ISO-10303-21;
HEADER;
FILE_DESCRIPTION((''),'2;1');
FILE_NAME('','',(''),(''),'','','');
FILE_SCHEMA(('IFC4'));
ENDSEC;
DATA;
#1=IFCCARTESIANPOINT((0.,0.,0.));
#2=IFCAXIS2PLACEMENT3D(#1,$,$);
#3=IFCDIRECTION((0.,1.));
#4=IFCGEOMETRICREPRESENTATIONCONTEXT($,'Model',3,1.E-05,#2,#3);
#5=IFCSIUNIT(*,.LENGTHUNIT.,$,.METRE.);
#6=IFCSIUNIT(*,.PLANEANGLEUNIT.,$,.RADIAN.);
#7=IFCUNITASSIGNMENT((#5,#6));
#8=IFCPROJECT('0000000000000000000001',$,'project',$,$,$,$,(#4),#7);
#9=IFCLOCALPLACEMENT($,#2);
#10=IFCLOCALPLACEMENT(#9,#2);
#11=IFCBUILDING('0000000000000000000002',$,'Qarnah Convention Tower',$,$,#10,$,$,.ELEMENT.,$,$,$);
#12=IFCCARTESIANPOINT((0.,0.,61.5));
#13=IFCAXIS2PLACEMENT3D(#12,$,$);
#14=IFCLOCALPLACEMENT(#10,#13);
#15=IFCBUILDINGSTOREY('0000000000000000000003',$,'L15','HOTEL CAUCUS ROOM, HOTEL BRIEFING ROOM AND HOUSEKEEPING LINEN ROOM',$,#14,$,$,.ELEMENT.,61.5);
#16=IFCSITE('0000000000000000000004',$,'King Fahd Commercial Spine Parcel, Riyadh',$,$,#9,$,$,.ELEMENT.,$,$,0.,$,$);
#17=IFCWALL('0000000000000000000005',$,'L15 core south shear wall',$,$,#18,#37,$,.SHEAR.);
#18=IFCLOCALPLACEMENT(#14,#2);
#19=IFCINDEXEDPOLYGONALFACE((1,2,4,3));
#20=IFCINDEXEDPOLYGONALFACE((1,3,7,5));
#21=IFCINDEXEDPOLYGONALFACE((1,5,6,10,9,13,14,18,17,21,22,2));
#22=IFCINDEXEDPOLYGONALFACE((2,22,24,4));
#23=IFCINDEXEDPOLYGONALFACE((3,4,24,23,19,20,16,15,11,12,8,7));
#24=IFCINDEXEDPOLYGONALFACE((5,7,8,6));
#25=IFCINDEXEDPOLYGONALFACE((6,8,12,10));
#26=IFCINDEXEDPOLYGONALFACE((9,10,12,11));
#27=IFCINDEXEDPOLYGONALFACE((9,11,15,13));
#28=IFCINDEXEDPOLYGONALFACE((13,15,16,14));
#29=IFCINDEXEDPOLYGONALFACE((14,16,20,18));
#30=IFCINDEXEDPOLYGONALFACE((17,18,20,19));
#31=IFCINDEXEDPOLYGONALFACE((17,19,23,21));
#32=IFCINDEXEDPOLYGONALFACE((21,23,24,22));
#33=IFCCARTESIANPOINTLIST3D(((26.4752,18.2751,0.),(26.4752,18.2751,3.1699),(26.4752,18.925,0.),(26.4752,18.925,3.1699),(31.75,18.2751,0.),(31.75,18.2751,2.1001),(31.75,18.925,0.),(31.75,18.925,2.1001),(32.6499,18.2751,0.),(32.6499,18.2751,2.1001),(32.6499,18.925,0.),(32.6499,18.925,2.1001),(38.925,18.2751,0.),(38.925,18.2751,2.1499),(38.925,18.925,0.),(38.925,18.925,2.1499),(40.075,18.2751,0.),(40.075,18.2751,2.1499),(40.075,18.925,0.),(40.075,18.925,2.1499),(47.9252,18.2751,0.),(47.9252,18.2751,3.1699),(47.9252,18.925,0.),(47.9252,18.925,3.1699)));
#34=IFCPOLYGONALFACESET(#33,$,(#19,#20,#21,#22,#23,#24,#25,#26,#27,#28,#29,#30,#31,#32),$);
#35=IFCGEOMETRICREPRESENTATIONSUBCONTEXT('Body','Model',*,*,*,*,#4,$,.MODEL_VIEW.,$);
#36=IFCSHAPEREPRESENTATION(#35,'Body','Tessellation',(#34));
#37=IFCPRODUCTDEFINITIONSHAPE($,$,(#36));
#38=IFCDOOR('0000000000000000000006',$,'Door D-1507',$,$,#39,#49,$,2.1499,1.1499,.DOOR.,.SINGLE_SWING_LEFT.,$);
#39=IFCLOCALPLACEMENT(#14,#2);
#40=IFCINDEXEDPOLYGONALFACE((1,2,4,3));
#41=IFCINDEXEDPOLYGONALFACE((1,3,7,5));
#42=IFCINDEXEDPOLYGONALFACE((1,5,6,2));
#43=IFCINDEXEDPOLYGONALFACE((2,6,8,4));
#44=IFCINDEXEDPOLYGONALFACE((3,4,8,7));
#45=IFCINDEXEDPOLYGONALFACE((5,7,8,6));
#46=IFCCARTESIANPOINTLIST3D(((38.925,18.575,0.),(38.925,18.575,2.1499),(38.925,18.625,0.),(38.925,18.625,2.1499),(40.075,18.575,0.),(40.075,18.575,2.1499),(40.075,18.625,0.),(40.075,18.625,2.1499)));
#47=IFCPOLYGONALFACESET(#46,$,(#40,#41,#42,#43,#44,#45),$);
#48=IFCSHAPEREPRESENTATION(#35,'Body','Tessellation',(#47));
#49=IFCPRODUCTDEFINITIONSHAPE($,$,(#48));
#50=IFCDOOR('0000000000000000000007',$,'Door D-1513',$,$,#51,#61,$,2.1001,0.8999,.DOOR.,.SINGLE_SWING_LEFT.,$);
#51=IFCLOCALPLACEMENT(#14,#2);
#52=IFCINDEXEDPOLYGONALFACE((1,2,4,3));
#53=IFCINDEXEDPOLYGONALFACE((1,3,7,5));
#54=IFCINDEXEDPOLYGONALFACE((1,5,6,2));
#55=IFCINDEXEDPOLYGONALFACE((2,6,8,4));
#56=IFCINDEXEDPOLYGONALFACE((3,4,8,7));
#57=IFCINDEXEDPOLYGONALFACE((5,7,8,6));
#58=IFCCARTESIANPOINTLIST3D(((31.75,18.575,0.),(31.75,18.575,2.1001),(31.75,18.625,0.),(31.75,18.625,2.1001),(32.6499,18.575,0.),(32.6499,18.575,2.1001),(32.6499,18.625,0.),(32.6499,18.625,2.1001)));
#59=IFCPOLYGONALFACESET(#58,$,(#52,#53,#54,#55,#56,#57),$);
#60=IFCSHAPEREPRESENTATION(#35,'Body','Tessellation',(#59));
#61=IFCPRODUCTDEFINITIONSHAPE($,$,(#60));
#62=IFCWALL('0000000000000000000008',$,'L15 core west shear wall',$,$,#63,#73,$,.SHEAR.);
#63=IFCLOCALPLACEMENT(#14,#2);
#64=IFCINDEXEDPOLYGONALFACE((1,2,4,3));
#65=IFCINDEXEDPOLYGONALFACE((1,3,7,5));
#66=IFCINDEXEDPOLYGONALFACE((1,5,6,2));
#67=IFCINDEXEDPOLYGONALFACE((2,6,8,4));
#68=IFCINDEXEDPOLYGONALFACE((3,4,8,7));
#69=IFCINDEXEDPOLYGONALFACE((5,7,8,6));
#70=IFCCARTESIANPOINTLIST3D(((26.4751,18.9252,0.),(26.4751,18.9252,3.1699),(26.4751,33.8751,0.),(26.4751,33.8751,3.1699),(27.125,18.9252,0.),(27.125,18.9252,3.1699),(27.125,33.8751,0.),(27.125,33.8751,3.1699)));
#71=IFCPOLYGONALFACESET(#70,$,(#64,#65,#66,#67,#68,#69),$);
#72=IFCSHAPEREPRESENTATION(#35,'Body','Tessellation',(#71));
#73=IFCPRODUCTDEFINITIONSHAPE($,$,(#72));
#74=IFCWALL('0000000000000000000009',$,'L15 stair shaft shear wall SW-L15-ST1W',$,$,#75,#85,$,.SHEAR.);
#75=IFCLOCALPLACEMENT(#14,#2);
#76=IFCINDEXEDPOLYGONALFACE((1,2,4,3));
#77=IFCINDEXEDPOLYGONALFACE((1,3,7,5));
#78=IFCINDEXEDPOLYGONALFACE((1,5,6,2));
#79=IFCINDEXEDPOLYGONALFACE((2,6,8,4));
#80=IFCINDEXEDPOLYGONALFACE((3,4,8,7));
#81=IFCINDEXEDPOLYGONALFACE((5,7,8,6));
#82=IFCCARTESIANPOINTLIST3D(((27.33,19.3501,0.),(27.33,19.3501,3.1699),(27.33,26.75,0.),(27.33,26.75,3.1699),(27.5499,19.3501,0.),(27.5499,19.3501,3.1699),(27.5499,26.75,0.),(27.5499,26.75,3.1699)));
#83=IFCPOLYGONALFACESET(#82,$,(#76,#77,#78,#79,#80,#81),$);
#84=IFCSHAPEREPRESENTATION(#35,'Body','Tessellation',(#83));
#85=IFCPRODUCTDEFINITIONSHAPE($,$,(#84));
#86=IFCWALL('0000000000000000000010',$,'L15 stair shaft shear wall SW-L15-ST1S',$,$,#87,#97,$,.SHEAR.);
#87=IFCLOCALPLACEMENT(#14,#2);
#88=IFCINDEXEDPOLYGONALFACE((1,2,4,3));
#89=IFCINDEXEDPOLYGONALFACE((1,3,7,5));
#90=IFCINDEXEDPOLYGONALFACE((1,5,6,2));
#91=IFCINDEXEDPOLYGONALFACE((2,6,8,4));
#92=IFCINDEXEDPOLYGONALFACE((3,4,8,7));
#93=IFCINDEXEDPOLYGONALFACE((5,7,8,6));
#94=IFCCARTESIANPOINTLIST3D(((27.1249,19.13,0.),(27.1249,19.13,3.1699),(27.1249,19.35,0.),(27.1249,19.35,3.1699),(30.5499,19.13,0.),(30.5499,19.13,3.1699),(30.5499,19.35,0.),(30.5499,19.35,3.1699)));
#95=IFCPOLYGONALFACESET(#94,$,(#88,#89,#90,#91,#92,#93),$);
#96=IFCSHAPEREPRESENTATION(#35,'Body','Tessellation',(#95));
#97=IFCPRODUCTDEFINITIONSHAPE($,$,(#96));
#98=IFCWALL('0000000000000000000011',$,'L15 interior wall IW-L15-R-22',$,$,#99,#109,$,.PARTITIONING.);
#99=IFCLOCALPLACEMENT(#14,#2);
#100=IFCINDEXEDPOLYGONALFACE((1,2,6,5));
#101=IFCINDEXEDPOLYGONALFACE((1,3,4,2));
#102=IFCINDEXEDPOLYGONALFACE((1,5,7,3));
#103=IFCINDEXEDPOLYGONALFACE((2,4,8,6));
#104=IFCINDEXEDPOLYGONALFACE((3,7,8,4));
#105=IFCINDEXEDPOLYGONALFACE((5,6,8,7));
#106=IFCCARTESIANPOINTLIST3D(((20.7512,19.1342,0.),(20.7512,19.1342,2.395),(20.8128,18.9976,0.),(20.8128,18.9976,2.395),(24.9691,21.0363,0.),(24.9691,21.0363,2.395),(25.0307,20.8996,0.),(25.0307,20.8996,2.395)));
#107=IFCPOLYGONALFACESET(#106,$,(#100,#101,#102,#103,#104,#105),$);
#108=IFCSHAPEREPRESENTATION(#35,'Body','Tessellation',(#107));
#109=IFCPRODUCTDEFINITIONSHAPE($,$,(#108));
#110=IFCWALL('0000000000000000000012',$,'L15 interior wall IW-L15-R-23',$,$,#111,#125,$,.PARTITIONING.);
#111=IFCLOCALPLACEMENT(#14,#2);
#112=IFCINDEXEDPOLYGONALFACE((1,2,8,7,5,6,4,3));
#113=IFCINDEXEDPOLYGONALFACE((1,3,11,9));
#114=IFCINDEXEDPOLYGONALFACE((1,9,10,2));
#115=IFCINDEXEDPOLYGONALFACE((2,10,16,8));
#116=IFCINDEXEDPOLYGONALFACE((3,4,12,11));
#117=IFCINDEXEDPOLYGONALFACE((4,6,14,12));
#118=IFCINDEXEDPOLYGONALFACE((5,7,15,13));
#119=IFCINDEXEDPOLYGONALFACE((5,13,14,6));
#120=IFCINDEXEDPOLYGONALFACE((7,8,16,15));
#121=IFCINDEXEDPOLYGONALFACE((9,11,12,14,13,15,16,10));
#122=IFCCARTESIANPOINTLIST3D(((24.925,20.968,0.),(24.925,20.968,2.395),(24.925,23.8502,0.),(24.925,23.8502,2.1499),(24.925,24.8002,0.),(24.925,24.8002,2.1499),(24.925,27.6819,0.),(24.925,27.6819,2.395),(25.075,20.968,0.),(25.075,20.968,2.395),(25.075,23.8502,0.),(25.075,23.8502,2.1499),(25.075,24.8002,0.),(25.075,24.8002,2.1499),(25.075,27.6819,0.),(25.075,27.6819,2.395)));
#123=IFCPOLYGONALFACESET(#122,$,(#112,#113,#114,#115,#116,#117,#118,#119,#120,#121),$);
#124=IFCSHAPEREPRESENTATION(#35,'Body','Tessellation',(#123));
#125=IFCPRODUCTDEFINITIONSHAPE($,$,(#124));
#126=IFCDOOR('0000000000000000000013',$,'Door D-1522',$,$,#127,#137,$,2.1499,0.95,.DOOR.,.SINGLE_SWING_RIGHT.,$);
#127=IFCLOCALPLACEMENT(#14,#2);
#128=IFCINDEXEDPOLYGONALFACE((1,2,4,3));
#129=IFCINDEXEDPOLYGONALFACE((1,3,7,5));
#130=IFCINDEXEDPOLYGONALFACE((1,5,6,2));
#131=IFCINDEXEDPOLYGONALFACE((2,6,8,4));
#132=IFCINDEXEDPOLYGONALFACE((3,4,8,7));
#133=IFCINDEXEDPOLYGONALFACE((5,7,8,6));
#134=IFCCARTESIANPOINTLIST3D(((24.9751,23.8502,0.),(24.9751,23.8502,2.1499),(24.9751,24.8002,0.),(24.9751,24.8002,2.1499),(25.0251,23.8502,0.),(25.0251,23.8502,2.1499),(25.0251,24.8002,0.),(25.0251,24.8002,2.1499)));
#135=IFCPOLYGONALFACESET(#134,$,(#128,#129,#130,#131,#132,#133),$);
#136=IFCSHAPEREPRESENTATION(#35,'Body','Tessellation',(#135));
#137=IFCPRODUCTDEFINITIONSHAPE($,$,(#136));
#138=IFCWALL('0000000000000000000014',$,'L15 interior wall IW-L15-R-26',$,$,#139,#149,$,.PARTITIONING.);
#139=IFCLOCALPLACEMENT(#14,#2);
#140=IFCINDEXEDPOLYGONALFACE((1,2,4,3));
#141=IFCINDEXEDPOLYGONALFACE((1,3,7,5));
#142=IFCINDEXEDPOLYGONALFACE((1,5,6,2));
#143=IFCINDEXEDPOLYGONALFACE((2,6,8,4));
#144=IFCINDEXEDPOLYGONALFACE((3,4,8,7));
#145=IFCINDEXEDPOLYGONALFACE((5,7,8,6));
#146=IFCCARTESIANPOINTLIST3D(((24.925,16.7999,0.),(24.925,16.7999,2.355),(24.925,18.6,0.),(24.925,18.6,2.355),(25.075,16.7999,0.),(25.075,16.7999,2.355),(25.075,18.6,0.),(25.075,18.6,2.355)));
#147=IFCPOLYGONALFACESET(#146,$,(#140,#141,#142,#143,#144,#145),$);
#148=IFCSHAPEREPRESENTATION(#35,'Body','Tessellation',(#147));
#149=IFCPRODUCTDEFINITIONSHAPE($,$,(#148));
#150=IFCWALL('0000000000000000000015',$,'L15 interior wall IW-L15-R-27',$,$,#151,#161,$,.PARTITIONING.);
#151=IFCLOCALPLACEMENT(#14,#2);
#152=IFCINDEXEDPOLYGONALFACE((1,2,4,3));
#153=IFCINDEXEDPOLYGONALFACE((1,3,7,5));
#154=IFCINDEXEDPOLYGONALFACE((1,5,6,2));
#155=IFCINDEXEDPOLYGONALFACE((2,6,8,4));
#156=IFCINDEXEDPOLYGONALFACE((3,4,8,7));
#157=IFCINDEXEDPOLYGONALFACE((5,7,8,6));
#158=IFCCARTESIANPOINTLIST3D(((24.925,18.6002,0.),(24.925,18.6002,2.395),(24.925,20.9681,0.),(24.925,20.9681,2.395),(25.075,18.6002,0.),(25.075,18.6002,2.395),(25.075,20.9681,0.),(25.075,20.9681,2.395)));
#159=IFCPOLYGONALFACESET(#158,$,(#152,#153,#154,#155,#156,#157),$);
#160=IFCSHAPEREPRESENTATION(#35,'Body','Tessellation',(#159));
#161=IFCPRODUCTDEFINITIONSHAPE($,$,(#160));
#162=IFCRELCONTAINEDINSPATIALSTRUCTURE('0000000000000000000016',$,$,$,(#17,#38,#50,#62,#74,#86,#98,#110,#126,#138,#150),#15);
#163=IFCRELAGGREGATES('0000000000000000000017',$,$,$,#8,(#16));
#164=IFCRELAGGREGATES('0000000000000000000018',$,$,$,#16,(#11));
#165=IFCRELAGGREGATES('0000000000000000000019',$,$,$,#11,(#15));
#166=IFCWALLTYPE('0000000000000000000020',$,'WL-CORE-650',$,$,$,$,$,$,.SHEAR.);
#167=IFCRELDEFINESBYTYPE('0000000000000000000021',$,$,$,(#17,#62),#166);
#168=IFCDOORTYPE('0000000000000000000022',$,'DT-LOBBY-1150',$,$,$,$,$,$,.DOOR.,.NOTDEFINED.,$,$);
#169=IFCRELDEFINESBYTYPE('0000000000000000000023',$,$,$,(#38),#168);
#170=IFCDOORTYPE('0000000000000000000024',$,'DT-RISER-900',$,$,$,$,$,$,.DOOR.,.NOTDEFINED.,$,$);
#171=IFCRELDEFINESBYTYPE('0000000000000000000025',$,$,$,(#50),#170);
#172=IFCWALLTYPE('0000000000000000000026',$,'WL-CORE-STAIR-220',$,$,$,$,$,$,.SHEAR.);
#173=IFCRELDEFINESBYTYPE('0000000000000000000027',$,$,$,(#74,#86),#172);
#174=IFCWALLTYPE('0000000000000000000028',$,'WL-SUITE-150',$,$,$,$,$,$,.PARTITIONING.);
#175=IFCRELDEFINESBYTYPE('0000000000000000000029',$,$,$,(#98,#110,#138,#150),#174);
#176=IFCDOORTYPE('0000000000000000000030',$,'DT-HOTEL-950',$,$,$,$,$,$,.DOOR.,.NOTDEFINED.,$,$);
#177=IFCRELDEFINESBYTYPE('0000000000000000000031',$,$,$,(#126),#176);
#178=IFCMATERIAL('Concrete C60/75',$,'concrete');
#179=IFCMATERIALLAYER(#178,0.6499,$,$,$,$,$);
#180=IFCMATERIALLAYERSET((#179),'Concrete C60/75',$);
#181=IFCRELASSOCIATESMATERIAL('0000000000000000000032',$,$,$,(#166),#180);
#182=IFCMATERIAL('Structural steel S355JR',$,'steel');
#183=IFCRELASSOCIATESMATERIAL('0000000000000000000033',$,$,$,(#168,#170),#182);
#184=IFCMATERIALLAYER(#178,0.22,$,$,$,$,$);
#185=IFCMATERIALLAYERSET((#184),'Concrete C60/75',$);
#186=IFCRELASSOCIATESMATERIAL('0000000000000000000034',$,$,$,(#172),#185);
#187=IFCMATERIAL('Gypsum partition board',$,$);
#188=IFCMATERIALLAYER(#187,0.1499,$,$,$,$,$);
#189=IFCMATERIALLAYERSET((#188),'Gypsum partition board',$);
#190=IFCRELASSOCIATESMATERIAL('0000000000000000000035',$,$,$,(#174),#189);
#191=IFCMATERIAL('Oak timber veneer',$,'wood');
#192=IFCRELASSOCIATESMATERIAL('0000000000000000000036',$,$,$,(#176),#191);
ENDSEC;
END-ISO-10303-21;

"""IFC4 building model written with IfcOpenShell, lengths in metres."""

from ifc_helpers import new_model, si_unit, direction, frame, frame_2d, origin, place, context, subcontext, project, spatial, rectangle, extrude, material, layer, layer_set, type_object, element, fill, save


model = new_model("IFC4")

# Units and contexts
model_context = context("Model", 3, precision=1e-05, world=origin(), true_north=direction((0.0, 1.0)))
body_context = subcontext(model_context, "Body", "Model", "MODEL_VIEW")
ifc_project = project(units=[si_unit("LENGTHUNIT", "METRE"), si_unit("PLANEANGLEUNIT", "RADIAN")], contexts=[model_context])

# Site, building, storey
site_placement = place(None, origin())
site = spatial("IfcSite", under=ifc_project, at=site_placement, Name="King Fahd Commercial Spine Parcel, Riyadh", CompositionType="ELEMENT", RefElevation=0.0)
building_placement = place(site_placement, origin())
building = spatial("IfcBuilding", under=site, at=building_placement, Name="Qarnah Convention Tower", CompositionType="ELEMENT")
storey_placement = place(building_placement, frame((0.0, 0.0, 61.5)))
storey = spatial("IfcBuildingStorey", under=building, at=storey_placement, Name="L15", Description="HOTEL CAUCUS ROOM, HOTEL BRIEFING ROOM AND HOUSEKEEPING LINEN ROOM", CompositionType="ELEMENT", Elevation=61.5)

# Shared definitions
ifc_material_1 = material(Name="Concrete C60/75", Category="concrete")
ifc_material_2 = material(Name="Structural steel S355JR", Category="steel")

# Wall, openings, doors
ifc_layer_1 = layer(ifc_material_1, 0.6499)
ifc_layer_set_1 = layer_set([ifc_layer_1], Name="Concrete C60/75")
wall_type_1 = type_object("IfcWallType", Name="WL-CORE-650", PredefinedType="SHEAR", material=ifc_layer_set_1)
wall_1_placement = place(storey_placement, frame((26.4751, 18.6001, 0.0), z_axis=(0.0, 0.0, 1.0), x_axis=(1.0, 0.0, 0.0)))
wall_1 = element("IfcWall", 1, at=wall_1_placement, inside=storey, type_object=wall_type_1, Name="L15 core south shear wall", PredefinedType="SHEAR", context=body_context, shape_type="SweptSolid", body=[
    extrude(rectangle(XDim=21.45, YDim=0.6499, at=frame_2d((10.7251, 0.0))), origin(), (0.0, 0.0, 1.0), 3.1699),
])
opening_1_placement = place(wall_1_placement, frame((12.45, 0.0, 0.0)))
opening_1 = element("IfcOpeningElement", 2, at=opening_1_placement, cuts=wall_1, PredefinedType="OPENING", context=body_context, shape_type="SweptSolid", body=[
    extrude(rectangle(XDim=1.1499, YDim=2.1499, at=frame_2d((0.575, 1.075))), frame((0.0, 0.335, 0.0), z_axis=(0.0, -1.0, 0.0), x_axis=(1.0, 0.0, 0.0)), (0.0, 0.0, 1.0), 0.6699),
])
opening_2_placement = place(wall_1_placement, frame((5.2749, 0.0, 0.0)))
opening_2 = element("IfcOpeningElement", 3, at=opening_2_placement, cuts=wall_1, PredefinedType="OPENING", context=body_context, shape_type="SweptSolid", body=[
    extrude(rectangle(XDim=0.8999, YDim=2.1001, at=frame_2d((0.45, 1.05))), frame((0.0, 0.335, 0.0), z_axis=(0.0, -1.0, 0.0), x_axis=(1.0, 0.0, 0.0)), (0.0, 0.0, 1.0), 0.6699),
])
door_type_1 = type_object("IfcDoorType", Name="DT-LOBBY-1150", OperationType="NOTDEFINED", PredefinedType="DOOR", material=ifc_material_2)
door_1_placement = place(opening_1_placement, origin())
door_1 = element("IfcDoor", 4, at=door_1_placement, inside=storey, type_object=door_type_1, Name="Door D-1507", OperationType="SINGLE_SWING_LEFT", OverallHeight=2.1499, OverallWidth=1.1499, PredefinedType="DOOR", context=body_context, shape_type="SweptSolid", body=[
    extrude(rectangle(XDim=1.1499, YDim=2.1499, at=frame_2d((0.575, 1.075))), frame((0.0, 0.0249, 0.0), z_axis=(0.0, -1.0, 0.0), x_axis=(1.0, 0.0, 0.0)), (0.0, 0.0, 1.0), 0.05),
])
fill(opening_1, door_1)
door_type_2 = type_object("IfcDoorType", Name="DT-RISER-900", OperationType="NOTDEFINED", PredefinedType="DOOR", material=ifc_material_2)
door_2_placement = place(opening_2_placement, origin())
door_2 = element("IfcDoor", 5, at=door_2_placement, inside=storey, type_object=door_type_2, Name="Door D-1513", OperationType="SINGLE_SWING_LEFT", OverallHeight=2.1001, OverallWidth=0.8999, PredefinedType="DOOR", context=body_context, shape_type="SweptSolid", body=[
    extrude(rectangle(XDim=0.8999, YDim=2.1001, at=frame_2d((0.45, 1.05))), frame((0.0, 0.0249, 0.0), z_axis=(0.0, -1.0, 0.0), x_axis=(1.0, 0.0, 0.0)), (0.0, 0.0, 1.0), 0.05),
])
fill(opening_2, door_2)

# Walls
wall_2_placement = place(storey_placement, frame((26.8, 18.925, 0.0), z_axis=(0.0, 0.0, 1.0), x_axis=(0.0, 1.0, 0.0)))
element("IfcWall", 6, at=wall_2_placement, inside=storey, type_object=wall_type_1, Name="L15 core west shear wall", PredefinedType="SHEAR", context=body_context, shape_type="SweptSolid", body=[
    extrude(rectangle(XDim=14.95, YDim=0.6499, at=frame_2d((7.4751, 0.0))), origin(), (0.0, 0.0, 1.0), 3.1699),
])
ifc_layer_2 = layer(ifc_material_1, 0.22)
ifc_layer_set_2 = layer_set([ifc_layer_2], Name="Concrete C60/75")
wall_type_2 = type_object("IfcWallType", Name="WL-CORE-STAIR-220", PredefinedType="SHEAR", material=ifc_layer_set_2)
wall_3_placement = place(storey_placement, frame((27.4399, 19.3501, 0.0), z_axis=(0.0, 0.0, 1.0), x_axis=(0.0, 1.0, 0.0)))
element("IfcWall", 7, at=wall_3_placement, inside=storey, type_object=wall_type_2, Name="L15 stair shaft shear wall SW-L15-ST1W", PredefinedType="SHEAR", context=body_context, shape_type="SweptSolid", body=[
    extrude(rectangle(XDim=7.3999, YDim=0.22, at=frame_2d((3.7, 0.0))), origin(), (0.0, 0.0, 1.0), 3.1699),
])
wall_4_placement = place(storey_placement, frame((27.125, 19.24, 0.0), z_axis=(0.0, 0.0, 1.0), x_axis=(1.0, 0.0, 0.0)))
element("IfcWall", 8, at=wall_4_placement, inside=storey, type_object=wall_type_2, Name="L15 stair shaft shear wall SW-L15-ST1S", PredefinedType="SHEAR", context=body_context, shape_type="SweptSolid", body=[
    extrude(rectangle(XDim=3.425, YDim=0.22, at=frame_2d((1.7124, 0.0))), origin(), (0.0, 0.0, 1.0), 3.1699),
])
ifc_material_3 = material(Name="Gypsum partition board")
ifc_layer_3 = layer(ifc_material_3, 0.1499)
ifc_layer_set_3 = layer_set([ifc_layer_3], Name="Gypsum partition board")
wall_type_3 = type_object("IfcWallType", Name="WL-SUITE-150", PredefinedType="PARTITIONING", material=ifc_layer_set_3)
wall_5_placement = place(storey_placement, frame((20.782, 19.0659, 0.0), z_axis=(0.0, 0.0, 1.0), x_axis=(0.911598, 0.411082, 0.0)))
element("IfcWall", 9, at=wall_5_placement, inside=storey, type_object=wall_type_3, Name="L15 interior wall IW-L15-R-22", PredefinedType="PARTITIONING", context=body_context, shape_type="SweptSolid", body=[
    extrude(rectangle(XDim=4.627, YDim=0.1499, at=frame_2d((2.3135, 0.0))), origin(), (0.0, 0.0, 1.0), 2.395),
])

# Wall, opening, door
wall_6_placement = place(storey_placement, frame((25.0, 20.968, 0.0), z_axis=(0.0, 0.0, 1.0), x_axis=(0.0, 1.0, 0.0)))
wall_6 = element("IfcWall", 10, at=wall_6_placement, inside=storey, type_object=wall_type_3, Name="L15 interior wall IW-L15-R-23", PredefinedType="PARTITIONING", context=body_context, shape_type="SweptSolid", body=[
    extrude(rectangle(XDim=6.7139, YDim=0.1499, at=frame_2d((3.3569, 0.0))), origin(), (0.0, 0.0, 1.0), 2.395),
])
opening_3_placement = place(wall_6_placement, frame((2.8821, 0.0, 0.0)))
opening_3 = element("IfcOpeningElement", 11, at=opening_3_placement, cuts=wall_6, PredefinedType="OPENING", context=body_context, shape_type="SweptSolid", body=[
    extrude(rectangle(XDim=0.95, YDim=2.1499, at=frame_2d((0.4751, 1.075))), frame((0.0, 0.085, 0.0), z_axis=(0.0, -1.0, 0.0), x_axis=(1.0, 0.0, 0.0)), (0.0, 0.0, 1.0), 0.1699),
])
ifc_material_4 = material(Name="Oak timber veneer", Category="wood")
door_type_3 = type_object("IfcDoorType", Name="DT-HOTEL-950", OperationType="NOTDEFINED", PredefinedType="DOOR", material=ifc_material_4)
door_3_placement = place(opening_3_placement, origin())
door_3 = element("IfcDoor", 12, at=door_3_placement, inside=storey, type_object=door_type_3, Name="Door D-1522", OperationType="SINGLE_SWING_RIGHT", OverallHeight=2.1499, OverallWidth=0.95, PredefinedType="DOOR", context=body_context, shape_type="SweptSolid", body=[
    extrude(rectangle(XDim=0.95, YDim=2.1499, at=frame_2d((0.4751, 1.075))), frame((0.0, 0.0249, 0.0), z_axis=(0.0, -1.0, 0.0), x_axis=(1.0, 0.0, 0.0)), (0.0, 0.0, 1.0), 0.05),
])
fill(opening_3, door_3)

# Walls
wall_7_placement = place(storey_placement, frame((25.0, 16.8, 0.0), z_axis=(0.0, 0.0, 1.0), x_axis=(0.0, 1.0, 0.0)))
element("IfcWall", 13, at=wall_7_placement, inside=storey, type_object=wall_type_3, Name="L15 interior wall IW-L15-R-26", PredefinedType="PARTITIONING", context=body_context, shape_type="SweptSolid", body=[
    extrude(rectangle(XDim=1.8, YDim=0.1499, at=frame_2d((0.8999, 0.0))), origin(), (0.0, 0.0, 1.0), 2.355),
])
wall_8_placement = place(storey_placement, frame((25.0, 18.6001, 0.0), z_axis=(0.0, 0.0, 1.0), x_axis=(0.0, 1.0, 0.0)))
element("IfcWall", 14, at=wall_8_placement, inside=storey, type_object=wall_type_3, Name="L15 interior wall IW-L15-R-27", PredefinedType="PARTITIONING", context=body_context, shape_type="SweptSolid", body=[
    extrude(rectangle(XDim=2.3679, YDim=0.1499, at=frame_2d((1.1841, 0.0))), origin(), (0.0, 0.0, 1.0), 2.395),
])

save(model, "model.ifc")
